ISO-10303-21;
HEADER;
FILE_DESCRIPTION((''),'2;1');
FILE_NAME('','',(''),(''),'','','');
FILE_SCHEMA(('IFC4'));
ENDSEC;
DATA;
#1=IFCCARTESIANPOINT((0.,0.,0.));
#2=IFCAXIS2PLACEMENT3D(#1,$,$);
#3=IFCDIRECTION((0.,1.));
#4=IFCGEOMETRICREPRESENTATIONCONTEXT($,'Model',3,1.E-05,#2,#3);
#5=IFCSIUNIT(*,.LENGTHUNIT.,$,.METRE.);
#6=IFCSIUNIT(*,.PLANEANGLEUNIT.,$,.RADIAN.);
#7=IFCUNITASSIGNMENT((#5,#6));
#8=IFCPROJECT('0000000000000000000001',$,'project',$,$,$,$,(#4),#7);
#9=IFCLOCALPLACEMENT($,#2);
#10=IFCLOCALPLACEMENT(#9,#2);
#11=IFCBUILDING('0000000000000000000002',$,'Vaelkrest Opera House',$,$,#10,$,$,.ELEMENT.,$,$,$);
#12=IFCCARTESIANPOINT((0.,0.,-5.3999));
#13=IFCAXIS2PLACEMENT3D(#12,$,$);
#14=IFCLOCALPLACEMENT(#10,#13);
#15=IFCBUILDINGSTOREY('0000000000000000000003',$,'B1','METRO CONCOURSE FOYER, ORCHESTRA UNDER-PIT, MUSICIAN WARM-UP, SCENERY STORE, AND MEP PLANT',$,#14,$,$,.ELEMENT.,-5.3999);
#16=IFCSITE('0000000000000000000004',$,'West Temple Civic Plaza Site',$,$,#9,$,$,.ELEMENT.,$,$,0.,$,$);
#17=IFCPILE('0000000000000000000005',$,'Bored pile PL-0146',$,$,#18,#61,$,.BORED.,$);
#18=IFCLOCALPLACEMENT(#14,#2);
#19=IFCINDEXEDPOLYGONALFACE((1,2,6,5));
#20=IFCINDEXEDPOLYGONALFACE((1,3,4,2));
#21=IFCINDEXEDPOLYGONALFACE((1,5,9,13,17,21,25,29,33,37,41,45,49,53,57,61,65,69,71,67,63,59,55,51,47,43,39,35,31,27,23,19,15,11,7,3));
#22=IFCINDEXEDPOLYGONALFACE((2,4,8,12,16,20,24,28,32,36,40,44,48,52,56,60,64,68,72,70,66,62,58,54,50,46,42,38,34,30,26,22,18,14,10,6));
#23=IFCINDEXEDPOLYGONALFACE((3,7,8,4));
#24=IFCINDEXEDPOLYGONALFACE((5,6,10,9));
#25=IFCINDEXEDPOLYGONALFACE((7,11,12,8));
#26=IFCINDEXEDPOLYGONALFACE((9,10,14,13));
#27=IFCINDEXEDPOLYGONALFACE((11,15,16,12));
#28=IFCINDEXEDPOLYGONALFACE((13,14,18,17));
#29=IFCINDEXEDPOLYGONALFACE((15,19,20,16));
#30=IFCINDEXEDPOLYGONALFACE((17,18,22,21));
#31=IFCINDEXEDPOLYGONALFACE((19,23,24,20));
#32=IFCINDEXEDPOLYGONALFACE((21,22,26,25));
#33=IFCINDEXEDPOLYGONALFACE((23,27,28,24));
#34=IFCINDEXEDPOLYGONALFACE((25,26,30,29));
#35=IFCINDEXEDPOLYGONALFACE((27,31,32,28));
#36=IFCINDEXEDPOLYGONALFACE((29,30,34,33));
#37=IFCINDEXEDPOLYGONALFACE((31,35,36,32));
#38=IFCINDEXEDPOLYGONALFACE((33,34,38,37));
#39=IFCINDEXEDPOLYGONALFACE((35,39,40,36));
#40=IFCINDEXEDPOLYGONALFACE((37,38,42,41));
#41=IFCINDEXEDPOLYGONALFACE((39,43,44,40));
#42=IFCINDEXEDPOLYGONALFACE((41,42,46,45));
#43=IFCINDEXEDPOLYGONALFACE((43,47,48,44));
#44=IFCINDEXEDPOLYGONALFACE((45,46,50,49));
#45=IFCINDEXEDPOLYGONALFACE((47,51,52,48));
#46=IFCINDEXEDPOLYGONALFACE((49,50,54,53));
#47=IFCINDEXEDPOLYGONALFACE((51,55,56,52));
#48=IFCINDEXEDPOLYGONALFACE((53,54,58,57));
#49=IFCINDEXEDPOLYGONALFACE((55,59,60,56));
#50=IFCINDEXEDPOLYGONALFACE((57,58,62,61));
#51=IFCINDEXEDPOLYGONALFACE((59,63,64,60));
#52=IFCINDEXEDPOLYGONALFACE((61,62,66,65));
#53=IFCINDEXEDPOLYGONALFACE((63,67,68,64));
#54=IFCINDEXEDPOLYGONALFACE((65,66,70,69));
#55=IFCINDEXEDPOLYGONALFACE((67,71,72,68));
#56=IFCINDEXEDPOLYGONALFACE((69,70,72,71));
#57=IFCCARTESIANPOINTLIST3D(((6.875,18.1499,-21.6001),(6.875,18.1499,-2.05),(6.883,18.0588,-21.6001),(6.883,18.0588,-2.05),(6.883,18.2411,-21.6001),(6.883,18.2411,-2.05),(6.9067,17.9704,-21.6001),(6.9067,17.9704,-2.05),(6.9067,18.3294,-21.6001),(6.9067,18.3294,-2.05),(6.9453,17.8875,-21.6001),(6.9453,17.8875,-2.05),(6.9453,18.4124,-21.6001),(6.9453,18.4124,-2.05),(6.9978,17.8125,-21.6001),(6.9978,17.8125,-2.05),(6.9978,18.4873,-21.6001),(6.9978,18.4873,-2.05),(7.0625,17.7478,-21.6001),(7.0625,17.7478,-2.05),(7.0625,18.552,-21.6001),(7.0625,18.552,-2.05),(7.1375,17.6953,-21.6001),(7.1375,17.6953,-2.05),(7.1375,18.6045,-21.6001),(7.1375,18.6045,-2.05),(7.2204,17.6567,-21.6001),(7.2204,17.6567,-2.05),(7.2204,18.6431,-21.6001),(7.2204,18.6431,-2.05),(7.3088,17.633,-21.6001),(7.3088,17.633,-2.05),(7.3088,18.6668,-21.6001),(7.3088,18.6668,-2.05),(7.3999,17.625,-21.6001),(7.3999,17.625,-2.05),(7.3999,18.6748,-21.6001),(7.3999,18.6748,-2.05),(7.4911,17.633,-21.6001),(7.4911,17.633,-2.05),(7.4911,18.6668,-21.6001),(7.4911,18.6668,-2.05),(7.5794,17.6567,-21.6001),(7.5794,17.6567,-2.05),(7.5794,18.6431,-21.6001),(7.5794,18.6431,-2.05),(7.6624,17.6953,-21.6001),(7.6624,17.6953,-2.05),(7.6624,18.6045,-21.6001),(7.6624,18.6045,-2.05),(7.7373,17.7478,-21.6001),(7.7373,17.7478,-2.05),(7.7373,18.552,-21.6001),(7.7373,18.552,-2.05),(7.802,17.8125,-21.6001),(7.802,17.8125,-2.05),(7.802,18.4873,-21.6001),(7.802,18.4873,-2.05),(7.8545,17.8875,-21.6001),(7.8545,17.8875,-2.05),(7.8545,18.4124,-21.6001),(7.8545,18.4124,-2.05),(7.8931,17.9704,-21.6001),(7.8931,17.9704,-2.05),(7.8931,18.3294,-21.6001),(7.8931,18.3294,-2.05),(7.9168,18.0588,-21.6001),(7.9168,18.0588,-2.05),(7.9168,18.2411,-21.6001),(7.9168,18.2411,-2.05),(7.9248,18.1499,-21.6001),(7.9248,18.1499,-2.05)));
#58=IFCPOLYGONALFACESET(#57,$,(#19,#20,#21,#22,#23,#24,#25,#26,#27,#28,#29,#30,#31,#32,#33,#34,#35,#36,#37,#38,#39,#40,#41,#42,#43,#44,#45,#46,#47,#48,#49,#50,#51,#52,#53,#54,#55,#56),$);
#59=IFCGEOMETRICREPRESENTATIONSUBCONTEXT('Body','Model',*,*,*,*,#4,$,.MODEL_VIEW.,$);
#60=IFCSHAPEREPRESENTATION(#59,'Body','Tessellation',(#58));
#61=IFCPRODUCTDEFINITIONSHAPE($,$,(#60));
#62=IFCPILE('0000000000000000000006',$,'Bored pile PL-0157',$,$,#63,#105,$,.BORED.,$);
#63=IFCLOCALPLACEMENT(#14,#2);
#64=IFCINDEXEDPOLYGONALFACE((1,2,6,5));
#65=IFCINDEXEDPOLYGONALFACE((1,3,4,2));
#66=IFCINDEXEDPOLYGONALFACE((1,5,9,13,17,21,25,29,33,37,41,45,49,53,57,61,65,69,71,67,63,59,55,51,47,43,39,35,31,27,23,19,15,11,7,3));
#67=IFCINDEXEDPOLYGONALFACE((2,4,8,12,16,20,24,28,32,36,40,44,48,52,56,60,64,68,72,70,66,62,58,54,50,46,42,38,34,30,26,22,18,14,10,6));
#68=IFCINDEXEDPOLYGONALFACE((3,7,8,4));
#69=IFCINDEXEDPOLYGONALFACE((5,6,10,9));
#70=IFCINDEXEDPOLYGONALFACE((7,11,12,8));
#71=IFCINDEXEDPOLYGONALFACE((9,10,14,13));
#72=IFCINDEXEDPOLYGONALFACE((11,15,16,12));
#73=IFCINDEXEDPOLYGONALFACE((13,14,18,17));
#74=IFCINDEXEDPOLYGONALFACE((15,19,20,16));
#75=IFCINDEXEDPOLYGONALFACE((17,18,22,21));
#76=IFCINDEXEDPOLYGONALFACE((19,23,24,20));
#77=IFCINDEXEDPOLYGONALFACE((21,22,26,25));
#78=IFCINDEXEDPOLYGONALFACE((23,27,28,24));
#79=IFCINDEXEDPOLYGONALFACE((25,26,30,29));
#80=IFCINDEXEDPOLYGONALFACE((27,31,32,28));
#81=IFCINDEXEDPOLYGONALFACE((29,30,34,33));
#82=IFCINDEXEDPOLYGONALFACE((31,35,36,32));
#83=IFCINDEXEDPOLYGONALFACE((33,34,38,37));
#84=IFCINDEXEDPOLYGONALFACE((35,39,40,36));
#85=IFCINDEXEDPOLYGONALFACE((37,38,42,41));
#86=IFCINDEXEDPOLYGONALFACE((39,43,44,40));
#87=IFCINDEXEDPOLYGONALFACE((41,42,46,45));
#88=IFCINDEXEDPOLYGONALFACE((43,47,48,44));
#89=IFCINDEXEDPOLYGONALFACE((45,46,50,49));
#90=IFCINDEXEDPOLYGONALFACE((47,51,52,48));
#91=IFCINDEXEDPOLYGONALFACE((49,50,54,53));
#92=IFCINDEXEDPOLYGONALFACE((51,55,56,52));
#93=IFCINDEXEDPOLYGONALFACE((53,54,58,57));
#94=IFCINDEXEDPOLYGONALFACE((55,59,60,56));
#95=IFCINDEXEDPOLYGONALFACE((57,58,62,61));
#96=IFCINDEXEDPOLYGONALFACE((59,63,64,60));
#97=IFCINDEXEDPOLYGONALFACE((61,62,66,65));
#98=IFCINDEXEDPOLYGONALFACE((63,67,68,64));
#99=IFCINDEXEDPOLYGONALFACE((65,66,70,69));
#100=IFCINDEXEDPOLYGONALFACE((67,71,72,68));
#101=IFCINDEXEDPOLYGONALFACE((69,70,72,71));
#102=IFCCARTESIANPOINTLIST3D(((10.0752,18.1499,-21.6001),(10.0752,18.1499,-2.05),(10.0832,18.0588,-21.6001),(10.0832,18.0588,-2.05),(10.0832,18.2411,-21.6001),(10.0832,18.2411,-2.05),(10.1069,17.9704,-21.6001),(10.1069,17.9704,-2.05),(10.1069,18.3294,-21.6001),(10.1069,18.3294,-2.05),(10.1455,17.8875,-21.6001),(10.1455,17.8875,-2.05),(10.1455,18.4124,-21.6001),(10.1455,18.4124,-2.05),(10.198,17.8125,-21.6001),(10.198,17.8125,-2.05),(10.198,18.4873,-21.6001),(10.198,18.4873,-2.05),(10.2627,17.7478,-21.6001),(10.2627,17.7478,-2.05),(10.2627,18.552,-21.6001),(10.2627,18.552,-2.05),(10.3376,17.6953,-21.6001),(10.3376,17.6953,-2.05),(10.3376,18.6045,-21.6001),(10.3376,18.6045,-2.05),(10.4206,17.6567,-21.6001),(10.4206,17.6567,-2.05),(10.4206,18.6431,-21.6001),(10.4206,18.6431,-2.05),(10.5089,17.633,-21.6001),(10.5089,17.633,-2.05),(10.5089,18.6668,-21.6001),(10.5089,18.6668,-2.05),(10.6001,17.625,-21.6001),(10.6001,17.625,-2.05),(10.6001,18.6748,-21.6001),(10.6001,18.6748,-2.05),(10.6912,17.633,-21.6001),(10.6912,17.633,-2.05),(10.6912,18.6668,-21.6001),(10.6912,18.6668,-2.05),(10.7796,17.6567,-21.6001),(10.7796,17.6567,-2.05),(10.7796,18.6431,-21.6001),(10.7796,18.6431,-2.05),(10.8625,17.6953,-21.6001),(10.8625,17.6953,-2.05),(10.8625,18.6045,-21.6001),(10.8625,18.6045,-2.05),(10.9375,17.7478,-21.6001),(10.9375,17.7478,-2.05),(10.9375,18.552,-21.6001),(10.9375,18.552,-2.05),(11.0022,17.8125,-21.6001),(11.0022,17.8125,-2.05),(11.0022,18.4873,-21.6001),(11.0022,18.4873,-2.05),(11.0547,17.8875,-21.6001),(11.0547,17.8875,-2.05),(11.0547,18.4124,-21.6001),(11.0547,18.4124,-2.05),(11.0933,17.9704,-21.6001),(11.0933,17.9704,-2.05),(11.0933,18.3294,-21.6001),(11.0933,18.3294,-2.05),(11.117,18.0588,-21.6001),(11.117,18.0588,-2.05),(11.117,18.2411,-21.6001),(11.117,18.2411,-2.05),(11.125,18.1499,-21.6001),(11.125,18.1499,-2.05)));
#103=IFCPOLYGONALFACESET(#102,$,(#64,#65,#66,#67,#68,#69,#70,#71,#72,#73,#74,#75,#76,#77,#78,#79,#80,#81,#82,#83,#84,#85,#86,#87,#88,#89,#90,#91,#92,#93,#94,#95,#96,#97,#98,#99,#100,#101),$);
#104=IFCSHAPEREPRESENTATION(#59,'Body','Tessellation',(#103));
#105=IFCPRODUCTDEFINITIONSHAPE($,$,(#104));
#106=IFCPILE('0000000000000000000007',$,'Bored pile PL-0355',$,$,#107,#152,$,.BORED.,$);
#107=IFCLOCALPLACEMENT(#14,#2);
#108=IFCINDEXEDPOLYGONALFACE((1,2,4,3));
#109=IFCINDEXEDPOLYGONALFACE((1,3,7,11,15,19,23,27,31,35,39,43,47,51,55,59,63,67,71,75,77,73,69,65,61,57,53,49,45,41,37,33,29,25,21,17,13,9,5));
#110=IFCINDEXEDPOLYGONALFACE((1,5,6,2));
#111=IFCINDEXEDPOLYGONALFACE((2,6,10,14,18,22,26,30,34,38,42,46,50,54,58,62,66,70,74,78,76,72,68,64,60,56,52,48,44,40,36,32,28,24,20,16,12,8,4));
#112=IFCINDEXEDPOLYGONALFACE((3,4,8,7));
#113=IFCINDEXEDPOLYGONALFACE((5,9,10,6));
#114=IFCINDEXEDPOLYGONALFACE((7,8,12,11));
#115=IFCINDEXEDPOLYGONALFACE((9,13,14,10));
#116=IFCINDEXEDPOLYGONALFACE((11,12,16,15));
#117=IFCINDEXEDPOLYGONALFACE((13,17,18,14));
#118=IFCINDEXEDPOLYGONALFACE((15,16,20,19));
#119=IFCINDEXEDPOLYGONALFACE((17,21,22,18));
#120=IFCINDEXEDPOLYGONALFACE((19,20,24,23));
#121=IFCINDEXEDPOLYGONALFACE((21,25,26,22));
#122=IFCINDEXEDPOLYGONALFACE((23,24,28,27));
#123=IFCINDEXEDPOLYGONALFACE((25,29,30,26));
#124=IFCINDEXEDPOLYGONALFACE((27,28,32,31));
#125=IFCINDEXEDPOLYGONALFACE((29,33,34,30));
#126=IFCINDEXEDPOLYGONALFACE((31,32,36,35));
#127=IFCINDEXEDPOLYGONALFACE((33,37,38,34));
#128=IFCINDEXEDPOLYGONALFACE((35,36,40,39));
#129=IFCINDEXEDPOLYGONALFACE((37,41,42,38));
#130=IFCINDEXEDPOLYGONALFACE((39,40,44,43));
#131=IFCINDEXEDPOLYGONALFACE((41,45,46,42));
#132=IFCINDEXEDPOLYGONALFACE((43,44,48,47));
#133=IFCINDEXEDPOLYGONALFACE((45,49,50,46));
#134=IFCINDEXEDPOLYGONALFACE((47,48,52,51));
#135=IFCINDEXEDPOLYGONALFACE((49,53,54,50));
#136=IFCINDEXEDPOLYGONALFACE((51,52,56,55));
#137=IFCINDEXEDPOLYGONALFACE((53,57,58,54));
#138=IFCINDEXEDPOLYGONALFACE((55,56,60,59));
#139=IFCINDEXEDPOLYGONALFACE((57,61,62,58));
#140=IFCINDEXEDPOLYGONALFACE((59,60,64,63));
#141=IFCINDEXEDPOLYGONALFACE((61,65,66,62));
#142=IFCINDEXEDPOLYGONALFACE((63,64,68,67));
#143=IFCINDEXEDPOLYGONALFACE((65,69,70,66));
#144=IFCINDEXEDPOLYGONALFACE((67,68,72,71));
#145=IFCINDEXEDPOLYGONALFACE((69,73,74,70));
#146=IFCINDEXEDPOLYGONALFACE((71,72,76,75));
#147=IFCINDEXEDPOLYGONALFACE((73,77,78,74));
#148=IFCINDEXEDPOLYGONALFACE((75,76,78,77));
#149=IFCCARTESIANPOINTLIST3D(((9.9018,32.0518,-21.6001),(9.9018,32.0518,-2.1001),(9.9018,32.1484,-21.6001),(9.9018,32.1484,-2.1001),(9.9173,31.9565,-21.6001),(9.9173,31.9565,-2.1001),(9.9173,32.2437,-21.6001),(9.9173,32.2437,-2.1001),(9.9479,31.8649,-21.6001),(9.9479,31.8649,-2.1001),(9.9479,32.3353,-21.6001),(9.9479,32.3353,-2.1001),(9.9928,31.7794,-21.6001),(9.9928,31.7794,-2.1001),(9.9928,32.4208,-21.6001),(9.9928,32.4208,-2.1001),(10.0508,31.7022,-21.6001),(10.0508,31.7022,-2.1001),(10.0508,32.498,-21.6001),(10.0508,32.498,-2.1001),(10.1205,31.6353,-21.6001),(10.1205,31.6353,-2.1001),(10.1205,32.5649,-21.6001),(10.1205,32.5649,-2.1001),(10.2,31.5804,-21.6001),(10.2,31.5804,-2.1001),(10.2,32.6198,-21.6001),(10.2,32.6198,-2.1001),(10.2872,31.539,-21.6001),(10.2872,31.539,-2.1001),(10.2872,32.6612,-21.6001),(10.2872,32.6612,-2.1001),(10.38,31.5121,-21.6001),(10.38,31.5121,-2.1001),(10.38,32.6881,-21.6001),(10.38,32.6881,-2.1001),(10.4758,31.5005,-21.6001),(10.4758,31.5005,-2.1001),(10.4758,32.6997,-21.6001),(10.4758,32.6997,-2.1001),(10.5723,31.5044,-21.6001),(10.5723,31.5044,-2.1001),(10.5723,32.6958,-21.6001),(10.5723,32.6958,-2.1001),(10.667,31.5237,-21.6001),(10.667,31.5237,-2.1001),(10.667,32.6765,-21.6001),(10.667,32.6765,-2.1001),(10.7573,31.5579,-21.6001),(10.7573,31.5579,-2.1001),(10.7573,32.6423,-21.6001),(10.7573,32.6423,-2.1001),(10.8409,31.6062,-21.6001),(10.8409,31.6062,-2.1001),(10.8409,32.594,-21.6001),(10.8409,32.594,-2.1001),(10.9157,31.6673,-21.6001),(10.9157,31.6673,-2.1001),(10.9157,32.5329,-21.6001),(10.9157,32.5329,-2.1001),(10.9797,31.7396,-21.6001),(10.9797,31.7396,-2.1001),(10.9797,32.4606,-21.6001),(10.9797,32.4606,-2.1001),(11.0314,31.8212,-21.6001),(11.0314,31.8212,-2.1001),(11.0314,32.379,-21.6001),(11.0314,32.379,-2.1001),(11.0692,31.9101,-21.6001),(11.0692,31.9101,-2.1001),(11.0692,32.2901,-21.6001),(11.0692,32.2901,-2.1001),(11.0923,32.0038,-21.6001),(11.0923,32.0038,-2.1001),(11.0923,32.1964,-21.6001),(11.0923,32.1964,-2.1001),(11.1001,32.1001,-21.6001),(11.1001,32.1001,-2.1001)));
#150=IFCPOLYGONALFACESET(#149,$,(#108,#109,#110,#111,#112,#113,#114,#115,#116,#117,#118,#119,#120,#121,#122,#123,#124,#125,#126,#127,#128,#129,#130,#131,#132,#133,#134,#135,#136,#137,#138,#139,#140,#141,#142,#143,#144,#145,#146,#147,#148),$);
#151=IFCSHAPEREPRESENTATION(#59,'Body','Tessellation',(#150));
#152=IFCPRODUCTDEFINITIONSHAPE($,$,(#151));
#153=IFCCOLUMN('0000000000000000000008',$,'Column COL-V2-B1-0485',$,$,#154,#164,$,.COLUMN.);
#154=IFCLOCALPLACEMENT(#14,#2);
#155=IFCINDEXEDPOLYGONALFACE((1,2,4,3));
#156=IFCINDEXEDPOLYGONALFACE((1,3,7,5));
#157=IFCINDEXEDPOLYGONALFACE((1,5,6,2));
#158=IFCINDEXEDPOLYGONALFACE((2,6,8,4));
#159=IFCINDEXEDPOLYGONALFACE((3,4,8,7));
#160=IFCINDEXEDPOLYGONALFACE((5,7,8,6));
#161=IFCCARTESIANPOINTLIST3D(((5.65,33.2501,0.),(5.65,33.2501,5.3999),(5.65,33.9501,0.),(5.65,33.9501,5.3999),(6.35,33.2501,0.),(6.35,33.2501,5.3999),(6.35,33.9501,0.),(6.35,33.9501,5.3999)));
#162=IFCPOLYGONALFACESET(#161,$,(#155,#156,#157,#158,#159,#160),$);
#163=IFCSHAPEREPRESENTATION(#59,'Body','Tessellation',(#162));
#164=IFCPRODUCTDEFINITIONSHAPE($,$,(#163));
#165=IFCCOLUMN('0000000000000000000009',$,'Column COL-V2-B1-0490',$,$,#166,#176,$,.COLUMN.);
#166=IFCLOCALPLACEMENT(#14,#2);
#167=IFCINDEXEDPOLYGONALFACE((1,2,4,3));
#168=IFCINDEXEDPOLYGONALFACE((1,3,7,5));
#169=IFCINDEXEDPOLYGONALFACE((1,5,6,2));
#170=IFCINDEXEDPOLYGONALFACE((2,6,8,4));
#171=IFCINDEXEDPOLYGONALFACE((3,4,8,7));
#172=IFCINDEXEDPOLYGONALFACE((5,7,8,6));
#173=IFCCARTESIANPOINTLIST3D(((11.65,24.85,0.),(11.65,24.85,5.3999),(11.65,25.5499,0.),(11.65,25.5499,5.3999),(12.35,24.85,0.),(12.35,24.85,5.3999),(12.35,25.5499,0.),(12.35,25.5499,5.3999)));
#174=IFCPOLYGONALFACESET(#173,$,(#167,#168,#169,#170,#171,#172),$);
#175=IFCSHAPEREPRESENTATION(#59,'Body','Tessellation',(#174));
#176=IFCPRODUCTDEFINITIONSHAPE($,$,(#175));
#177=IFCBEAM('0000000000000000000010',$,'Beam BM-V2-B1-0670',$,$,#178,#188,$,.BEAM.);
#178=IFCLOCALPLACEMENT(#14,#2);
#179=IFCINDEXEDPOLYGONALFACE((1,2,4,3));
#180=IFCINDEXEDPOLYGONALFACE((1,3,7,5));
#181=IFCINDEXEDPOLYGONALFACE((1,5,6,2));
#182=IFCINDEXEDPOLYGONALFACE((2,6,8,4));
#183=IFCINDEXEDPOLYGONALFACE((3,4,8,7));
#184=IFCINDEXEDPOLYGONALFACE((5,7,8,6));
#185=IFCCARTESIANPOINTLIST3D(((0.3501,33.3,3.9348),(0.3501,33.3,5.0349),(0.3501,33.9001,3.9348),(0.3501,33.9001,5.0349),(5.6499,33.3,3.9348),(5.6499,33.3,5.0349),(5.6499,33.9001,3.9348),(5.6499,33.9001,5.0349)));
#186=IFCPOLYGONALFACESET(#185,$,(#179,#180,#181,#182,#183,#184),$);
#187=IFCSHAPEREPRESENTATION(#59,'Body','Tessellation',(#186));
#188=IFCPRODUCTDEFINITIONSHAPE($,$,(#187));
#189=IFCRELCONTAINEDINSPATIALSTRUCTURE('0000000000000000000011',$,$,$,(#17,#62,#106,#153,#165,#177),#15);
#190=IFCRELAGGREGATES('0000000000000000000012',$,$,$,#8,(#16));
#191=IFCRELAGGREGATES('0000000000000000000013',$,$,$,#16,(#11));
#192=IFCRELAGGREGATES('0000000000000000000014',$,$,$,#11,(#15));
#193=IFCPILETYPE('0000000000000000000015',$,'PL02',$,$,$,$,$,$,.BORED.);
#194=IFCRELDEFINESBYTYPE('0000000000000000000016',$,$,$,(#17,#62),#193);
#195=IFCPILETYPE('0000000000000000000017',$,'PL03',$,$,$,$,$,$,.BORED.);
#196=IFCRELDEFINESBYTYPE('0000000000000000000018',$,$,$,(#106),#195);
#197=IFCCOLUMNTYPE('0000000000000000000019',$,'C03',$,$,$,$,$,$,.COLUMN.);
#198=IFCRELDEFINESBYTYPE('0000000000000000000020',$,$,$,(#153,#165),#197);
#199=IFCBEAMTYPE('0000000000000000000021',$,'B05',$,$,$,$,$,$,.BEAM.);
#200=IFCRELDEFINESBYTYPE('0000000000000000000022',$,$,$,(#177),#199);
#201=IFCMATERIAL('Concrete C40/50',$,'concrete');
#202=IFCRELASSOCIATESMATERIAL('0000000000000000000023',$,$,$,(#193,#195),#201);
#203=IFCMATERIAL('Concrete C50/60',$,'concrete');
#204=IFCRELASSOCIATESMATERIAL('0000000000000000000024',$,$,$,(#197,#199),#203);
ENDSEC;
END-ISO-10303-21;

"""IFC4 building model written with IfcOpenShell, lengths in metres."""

from ifc_helpers import new_model, si_unit, direction, frame, origin, origin_2d, place, context, subcontext, project, spatial, rectangle, circle, extrude, material, material_profile, profile_set, type_object, element, save


model = new_model("IFC4")

# Units and contexts
model_context = context("Model", 3, precision=1e-05, world=origin(), true_north=direction((0.0, 1.0)))
body_context = subcontext(model_context, "Body", "Model", "MODEL_VIEW")
ifc_project = project(units=[si_unit("LENGTHUNIT", "METRE"), si_unit("PLANEANGLEUNIT", "RADIAN")], contexts=[model_context])

# Site, building, storey
site_placement = place(None, origin())
site = spatial("IfcSite", under=ifc_project, at=site_placement, Name="West Temple Civic Plaza Site", CompositionType="ELEMENT", RefElevation=0.0)
building_placement = place(site_placement, origin())
building = spatial("IfcBuilding", under=site, at=building_placement, Name="Vaelkrest Opera House", CompositionType="ELEMENT")
storey_placement = place(building_placement, frame((0.0, 0.0, -5.3999)))
storey = spatial("IfcBuildingStorey", under=building, at=storey_placement, Name="B1", Description="METRO CONCOURSE FOYER, ORCHESTRA UNDER-PIT, MUSICIAN WARM-UP, SCENERY STORE, AND MEP PLANT", CompositionType="ELEMENT", Elevation=-5.3999)

# Shared definitions
ifc_material_1 = material(Name="Concrete C40/50", Category="concrete")

# Piles
ifc_material_profile_1 = material_profile(ifc_material_1, circle(Radius=0.5249, at=origin_2d()), Name="PILE1050")
ifc_profile_set_1 = profile_set([ifc_material_profile_1], Name="Concrete C40/50")
pile_type_1 = type_object("IfcPileType", Name="PL02", PredefinedType="BORED", material=ifc_profile_set_1)
for number, where, z_axis, x_axis, name in (
    (1, (7.3999, 18.1499, -2.05), (0.0, 0.0, -1.0), (1.0, 0.0, 0.0), "Bored pile PL-0146"),
    (2, (10.6001, 18.1499, -2.05), (0.0, 0.0, -1.0), (1.0, 0.0, 0.0), "Bored pile PL-0157"),
):
    element("IfcPile", number, at=place(storey_placement, frame(where, z_axis=z_axis, x_axis=x_axis)), inside=storey, type_object=pile_type_1, Name=name, PredefinedType="BORED", context=body_context, shape_type="SweptSolid", body=[
        extrude(circle(Radius=0.5249, at=origin_2d()), origin(), (0.0, 0.0, 1.0), 19.55),
    ])
ifc_material_profile_2 = material_profile(ifc_material_1, circle(Radius=0.6001, at=origin_2d()), Name="PILE1200")
ifc_profile_set_2 = profile_set([ifc_material_profile_2], Name="Concrete C40/50")
pile_type_2 = type_object("IfcPileType", Name="PL03", PredefinedType="BORED", material=ifc_profile_set_2)
pile_placement = place(storey_placement, frame((10.5, 32.1001, -2.1001), z_axis=(0.0, 0.0, -1.0), x_axis=(1.0, 0.0, 0.0)))
element("IfcPile", 3, at=pile_placement, inside=storey, type_object=pile_type_2, Name="Bored pile PL-0355", PredefinedType="BORED", context=body_context, shape_type="SweptSolid", body=[
    extrude(circle(Radius=0.6001, at=origin_2d()), origin(), (0.0, 0.0, 1.0), 19.5),
])

# Columns
ifc_material_2 = material(Name="Concrete C50/60", Category="concrete")
ifc_material_profile_3 = material_profile(ifc_material_2, rectangle(XDim=0.7, YDim=0.7, at=origin_2d()), Name="RC700X700")
ifc_profile_set_3 = profile_set([ifc_material_profile_3], Name="Concrete C50/60")
column_type = type_object("IfcColumnType", Name="C03", PredefinedType="COLUMN", material=ifc_profile_set_3)
for number, where, z_axis, x_axis, name in (
    (4, (6.0, 33.6001, 0.0), (0.0, 0.0, 1.0), (1.0, 0.0, 0.0), "Column COL-V2-B1-0485"),
    (5, (12.0, 25.2, 0.0), (0.0, 0.0, 1.0), (1.0, 0.0, 0.0), "Column COL-V2-B1-0490"),
):
    element("IfcColumn", number, at=place(storey_placement, frame(where, z_axis=z_axis, x_axis=x_axis)), inside=storey, type_object=column_type, Name=name, PredefinedType="COLUMN", context=body_context, shape_type="SweptSolid", body=[
        extrude(rectangle(XDim=0.7, YDim=0.7, at=origin_2d()), origin(), (0.0, 0.0, 1.0), 5.3999),
    ])

# Beam
ifc_material_profile_4 = material_profile(ifc_material_2, rectangle(XDim=0.6001, YDim=1.1001, at=origin_2d()), Name="RCB600X1100")
ifc_profile_set_4 = profile_set([ifc_material_profile_4], Name="Concrete C50/60")
beam_type_1 = type_object("IfcBeamType", Name="B05", PredefinedType="BEAM", material=ifc_profile_set_4)
beam_1_placement = place(storey_placement, frame((0.3501, 33.6001, 4.4849), z_axis=(1.0, 0.0, 0.0), x_axis=(0.0, 1.0, 0.0)))
element("IfcBeam", 6, at=beam_1_placement, inside=storey, type_object=beam_type_1, Name="Beam BM-V2-B1-0670", PredefinedType="BEAM", context=body_context, shape_type="SweptSolid", body=[
    extrude(rectangle(XDim=0.6001, YDim=1.1001, at=origin_2d()), origin(), (0.0, 0.0, 1.0), 5.2998),
])

save(model, "model.ifc")
